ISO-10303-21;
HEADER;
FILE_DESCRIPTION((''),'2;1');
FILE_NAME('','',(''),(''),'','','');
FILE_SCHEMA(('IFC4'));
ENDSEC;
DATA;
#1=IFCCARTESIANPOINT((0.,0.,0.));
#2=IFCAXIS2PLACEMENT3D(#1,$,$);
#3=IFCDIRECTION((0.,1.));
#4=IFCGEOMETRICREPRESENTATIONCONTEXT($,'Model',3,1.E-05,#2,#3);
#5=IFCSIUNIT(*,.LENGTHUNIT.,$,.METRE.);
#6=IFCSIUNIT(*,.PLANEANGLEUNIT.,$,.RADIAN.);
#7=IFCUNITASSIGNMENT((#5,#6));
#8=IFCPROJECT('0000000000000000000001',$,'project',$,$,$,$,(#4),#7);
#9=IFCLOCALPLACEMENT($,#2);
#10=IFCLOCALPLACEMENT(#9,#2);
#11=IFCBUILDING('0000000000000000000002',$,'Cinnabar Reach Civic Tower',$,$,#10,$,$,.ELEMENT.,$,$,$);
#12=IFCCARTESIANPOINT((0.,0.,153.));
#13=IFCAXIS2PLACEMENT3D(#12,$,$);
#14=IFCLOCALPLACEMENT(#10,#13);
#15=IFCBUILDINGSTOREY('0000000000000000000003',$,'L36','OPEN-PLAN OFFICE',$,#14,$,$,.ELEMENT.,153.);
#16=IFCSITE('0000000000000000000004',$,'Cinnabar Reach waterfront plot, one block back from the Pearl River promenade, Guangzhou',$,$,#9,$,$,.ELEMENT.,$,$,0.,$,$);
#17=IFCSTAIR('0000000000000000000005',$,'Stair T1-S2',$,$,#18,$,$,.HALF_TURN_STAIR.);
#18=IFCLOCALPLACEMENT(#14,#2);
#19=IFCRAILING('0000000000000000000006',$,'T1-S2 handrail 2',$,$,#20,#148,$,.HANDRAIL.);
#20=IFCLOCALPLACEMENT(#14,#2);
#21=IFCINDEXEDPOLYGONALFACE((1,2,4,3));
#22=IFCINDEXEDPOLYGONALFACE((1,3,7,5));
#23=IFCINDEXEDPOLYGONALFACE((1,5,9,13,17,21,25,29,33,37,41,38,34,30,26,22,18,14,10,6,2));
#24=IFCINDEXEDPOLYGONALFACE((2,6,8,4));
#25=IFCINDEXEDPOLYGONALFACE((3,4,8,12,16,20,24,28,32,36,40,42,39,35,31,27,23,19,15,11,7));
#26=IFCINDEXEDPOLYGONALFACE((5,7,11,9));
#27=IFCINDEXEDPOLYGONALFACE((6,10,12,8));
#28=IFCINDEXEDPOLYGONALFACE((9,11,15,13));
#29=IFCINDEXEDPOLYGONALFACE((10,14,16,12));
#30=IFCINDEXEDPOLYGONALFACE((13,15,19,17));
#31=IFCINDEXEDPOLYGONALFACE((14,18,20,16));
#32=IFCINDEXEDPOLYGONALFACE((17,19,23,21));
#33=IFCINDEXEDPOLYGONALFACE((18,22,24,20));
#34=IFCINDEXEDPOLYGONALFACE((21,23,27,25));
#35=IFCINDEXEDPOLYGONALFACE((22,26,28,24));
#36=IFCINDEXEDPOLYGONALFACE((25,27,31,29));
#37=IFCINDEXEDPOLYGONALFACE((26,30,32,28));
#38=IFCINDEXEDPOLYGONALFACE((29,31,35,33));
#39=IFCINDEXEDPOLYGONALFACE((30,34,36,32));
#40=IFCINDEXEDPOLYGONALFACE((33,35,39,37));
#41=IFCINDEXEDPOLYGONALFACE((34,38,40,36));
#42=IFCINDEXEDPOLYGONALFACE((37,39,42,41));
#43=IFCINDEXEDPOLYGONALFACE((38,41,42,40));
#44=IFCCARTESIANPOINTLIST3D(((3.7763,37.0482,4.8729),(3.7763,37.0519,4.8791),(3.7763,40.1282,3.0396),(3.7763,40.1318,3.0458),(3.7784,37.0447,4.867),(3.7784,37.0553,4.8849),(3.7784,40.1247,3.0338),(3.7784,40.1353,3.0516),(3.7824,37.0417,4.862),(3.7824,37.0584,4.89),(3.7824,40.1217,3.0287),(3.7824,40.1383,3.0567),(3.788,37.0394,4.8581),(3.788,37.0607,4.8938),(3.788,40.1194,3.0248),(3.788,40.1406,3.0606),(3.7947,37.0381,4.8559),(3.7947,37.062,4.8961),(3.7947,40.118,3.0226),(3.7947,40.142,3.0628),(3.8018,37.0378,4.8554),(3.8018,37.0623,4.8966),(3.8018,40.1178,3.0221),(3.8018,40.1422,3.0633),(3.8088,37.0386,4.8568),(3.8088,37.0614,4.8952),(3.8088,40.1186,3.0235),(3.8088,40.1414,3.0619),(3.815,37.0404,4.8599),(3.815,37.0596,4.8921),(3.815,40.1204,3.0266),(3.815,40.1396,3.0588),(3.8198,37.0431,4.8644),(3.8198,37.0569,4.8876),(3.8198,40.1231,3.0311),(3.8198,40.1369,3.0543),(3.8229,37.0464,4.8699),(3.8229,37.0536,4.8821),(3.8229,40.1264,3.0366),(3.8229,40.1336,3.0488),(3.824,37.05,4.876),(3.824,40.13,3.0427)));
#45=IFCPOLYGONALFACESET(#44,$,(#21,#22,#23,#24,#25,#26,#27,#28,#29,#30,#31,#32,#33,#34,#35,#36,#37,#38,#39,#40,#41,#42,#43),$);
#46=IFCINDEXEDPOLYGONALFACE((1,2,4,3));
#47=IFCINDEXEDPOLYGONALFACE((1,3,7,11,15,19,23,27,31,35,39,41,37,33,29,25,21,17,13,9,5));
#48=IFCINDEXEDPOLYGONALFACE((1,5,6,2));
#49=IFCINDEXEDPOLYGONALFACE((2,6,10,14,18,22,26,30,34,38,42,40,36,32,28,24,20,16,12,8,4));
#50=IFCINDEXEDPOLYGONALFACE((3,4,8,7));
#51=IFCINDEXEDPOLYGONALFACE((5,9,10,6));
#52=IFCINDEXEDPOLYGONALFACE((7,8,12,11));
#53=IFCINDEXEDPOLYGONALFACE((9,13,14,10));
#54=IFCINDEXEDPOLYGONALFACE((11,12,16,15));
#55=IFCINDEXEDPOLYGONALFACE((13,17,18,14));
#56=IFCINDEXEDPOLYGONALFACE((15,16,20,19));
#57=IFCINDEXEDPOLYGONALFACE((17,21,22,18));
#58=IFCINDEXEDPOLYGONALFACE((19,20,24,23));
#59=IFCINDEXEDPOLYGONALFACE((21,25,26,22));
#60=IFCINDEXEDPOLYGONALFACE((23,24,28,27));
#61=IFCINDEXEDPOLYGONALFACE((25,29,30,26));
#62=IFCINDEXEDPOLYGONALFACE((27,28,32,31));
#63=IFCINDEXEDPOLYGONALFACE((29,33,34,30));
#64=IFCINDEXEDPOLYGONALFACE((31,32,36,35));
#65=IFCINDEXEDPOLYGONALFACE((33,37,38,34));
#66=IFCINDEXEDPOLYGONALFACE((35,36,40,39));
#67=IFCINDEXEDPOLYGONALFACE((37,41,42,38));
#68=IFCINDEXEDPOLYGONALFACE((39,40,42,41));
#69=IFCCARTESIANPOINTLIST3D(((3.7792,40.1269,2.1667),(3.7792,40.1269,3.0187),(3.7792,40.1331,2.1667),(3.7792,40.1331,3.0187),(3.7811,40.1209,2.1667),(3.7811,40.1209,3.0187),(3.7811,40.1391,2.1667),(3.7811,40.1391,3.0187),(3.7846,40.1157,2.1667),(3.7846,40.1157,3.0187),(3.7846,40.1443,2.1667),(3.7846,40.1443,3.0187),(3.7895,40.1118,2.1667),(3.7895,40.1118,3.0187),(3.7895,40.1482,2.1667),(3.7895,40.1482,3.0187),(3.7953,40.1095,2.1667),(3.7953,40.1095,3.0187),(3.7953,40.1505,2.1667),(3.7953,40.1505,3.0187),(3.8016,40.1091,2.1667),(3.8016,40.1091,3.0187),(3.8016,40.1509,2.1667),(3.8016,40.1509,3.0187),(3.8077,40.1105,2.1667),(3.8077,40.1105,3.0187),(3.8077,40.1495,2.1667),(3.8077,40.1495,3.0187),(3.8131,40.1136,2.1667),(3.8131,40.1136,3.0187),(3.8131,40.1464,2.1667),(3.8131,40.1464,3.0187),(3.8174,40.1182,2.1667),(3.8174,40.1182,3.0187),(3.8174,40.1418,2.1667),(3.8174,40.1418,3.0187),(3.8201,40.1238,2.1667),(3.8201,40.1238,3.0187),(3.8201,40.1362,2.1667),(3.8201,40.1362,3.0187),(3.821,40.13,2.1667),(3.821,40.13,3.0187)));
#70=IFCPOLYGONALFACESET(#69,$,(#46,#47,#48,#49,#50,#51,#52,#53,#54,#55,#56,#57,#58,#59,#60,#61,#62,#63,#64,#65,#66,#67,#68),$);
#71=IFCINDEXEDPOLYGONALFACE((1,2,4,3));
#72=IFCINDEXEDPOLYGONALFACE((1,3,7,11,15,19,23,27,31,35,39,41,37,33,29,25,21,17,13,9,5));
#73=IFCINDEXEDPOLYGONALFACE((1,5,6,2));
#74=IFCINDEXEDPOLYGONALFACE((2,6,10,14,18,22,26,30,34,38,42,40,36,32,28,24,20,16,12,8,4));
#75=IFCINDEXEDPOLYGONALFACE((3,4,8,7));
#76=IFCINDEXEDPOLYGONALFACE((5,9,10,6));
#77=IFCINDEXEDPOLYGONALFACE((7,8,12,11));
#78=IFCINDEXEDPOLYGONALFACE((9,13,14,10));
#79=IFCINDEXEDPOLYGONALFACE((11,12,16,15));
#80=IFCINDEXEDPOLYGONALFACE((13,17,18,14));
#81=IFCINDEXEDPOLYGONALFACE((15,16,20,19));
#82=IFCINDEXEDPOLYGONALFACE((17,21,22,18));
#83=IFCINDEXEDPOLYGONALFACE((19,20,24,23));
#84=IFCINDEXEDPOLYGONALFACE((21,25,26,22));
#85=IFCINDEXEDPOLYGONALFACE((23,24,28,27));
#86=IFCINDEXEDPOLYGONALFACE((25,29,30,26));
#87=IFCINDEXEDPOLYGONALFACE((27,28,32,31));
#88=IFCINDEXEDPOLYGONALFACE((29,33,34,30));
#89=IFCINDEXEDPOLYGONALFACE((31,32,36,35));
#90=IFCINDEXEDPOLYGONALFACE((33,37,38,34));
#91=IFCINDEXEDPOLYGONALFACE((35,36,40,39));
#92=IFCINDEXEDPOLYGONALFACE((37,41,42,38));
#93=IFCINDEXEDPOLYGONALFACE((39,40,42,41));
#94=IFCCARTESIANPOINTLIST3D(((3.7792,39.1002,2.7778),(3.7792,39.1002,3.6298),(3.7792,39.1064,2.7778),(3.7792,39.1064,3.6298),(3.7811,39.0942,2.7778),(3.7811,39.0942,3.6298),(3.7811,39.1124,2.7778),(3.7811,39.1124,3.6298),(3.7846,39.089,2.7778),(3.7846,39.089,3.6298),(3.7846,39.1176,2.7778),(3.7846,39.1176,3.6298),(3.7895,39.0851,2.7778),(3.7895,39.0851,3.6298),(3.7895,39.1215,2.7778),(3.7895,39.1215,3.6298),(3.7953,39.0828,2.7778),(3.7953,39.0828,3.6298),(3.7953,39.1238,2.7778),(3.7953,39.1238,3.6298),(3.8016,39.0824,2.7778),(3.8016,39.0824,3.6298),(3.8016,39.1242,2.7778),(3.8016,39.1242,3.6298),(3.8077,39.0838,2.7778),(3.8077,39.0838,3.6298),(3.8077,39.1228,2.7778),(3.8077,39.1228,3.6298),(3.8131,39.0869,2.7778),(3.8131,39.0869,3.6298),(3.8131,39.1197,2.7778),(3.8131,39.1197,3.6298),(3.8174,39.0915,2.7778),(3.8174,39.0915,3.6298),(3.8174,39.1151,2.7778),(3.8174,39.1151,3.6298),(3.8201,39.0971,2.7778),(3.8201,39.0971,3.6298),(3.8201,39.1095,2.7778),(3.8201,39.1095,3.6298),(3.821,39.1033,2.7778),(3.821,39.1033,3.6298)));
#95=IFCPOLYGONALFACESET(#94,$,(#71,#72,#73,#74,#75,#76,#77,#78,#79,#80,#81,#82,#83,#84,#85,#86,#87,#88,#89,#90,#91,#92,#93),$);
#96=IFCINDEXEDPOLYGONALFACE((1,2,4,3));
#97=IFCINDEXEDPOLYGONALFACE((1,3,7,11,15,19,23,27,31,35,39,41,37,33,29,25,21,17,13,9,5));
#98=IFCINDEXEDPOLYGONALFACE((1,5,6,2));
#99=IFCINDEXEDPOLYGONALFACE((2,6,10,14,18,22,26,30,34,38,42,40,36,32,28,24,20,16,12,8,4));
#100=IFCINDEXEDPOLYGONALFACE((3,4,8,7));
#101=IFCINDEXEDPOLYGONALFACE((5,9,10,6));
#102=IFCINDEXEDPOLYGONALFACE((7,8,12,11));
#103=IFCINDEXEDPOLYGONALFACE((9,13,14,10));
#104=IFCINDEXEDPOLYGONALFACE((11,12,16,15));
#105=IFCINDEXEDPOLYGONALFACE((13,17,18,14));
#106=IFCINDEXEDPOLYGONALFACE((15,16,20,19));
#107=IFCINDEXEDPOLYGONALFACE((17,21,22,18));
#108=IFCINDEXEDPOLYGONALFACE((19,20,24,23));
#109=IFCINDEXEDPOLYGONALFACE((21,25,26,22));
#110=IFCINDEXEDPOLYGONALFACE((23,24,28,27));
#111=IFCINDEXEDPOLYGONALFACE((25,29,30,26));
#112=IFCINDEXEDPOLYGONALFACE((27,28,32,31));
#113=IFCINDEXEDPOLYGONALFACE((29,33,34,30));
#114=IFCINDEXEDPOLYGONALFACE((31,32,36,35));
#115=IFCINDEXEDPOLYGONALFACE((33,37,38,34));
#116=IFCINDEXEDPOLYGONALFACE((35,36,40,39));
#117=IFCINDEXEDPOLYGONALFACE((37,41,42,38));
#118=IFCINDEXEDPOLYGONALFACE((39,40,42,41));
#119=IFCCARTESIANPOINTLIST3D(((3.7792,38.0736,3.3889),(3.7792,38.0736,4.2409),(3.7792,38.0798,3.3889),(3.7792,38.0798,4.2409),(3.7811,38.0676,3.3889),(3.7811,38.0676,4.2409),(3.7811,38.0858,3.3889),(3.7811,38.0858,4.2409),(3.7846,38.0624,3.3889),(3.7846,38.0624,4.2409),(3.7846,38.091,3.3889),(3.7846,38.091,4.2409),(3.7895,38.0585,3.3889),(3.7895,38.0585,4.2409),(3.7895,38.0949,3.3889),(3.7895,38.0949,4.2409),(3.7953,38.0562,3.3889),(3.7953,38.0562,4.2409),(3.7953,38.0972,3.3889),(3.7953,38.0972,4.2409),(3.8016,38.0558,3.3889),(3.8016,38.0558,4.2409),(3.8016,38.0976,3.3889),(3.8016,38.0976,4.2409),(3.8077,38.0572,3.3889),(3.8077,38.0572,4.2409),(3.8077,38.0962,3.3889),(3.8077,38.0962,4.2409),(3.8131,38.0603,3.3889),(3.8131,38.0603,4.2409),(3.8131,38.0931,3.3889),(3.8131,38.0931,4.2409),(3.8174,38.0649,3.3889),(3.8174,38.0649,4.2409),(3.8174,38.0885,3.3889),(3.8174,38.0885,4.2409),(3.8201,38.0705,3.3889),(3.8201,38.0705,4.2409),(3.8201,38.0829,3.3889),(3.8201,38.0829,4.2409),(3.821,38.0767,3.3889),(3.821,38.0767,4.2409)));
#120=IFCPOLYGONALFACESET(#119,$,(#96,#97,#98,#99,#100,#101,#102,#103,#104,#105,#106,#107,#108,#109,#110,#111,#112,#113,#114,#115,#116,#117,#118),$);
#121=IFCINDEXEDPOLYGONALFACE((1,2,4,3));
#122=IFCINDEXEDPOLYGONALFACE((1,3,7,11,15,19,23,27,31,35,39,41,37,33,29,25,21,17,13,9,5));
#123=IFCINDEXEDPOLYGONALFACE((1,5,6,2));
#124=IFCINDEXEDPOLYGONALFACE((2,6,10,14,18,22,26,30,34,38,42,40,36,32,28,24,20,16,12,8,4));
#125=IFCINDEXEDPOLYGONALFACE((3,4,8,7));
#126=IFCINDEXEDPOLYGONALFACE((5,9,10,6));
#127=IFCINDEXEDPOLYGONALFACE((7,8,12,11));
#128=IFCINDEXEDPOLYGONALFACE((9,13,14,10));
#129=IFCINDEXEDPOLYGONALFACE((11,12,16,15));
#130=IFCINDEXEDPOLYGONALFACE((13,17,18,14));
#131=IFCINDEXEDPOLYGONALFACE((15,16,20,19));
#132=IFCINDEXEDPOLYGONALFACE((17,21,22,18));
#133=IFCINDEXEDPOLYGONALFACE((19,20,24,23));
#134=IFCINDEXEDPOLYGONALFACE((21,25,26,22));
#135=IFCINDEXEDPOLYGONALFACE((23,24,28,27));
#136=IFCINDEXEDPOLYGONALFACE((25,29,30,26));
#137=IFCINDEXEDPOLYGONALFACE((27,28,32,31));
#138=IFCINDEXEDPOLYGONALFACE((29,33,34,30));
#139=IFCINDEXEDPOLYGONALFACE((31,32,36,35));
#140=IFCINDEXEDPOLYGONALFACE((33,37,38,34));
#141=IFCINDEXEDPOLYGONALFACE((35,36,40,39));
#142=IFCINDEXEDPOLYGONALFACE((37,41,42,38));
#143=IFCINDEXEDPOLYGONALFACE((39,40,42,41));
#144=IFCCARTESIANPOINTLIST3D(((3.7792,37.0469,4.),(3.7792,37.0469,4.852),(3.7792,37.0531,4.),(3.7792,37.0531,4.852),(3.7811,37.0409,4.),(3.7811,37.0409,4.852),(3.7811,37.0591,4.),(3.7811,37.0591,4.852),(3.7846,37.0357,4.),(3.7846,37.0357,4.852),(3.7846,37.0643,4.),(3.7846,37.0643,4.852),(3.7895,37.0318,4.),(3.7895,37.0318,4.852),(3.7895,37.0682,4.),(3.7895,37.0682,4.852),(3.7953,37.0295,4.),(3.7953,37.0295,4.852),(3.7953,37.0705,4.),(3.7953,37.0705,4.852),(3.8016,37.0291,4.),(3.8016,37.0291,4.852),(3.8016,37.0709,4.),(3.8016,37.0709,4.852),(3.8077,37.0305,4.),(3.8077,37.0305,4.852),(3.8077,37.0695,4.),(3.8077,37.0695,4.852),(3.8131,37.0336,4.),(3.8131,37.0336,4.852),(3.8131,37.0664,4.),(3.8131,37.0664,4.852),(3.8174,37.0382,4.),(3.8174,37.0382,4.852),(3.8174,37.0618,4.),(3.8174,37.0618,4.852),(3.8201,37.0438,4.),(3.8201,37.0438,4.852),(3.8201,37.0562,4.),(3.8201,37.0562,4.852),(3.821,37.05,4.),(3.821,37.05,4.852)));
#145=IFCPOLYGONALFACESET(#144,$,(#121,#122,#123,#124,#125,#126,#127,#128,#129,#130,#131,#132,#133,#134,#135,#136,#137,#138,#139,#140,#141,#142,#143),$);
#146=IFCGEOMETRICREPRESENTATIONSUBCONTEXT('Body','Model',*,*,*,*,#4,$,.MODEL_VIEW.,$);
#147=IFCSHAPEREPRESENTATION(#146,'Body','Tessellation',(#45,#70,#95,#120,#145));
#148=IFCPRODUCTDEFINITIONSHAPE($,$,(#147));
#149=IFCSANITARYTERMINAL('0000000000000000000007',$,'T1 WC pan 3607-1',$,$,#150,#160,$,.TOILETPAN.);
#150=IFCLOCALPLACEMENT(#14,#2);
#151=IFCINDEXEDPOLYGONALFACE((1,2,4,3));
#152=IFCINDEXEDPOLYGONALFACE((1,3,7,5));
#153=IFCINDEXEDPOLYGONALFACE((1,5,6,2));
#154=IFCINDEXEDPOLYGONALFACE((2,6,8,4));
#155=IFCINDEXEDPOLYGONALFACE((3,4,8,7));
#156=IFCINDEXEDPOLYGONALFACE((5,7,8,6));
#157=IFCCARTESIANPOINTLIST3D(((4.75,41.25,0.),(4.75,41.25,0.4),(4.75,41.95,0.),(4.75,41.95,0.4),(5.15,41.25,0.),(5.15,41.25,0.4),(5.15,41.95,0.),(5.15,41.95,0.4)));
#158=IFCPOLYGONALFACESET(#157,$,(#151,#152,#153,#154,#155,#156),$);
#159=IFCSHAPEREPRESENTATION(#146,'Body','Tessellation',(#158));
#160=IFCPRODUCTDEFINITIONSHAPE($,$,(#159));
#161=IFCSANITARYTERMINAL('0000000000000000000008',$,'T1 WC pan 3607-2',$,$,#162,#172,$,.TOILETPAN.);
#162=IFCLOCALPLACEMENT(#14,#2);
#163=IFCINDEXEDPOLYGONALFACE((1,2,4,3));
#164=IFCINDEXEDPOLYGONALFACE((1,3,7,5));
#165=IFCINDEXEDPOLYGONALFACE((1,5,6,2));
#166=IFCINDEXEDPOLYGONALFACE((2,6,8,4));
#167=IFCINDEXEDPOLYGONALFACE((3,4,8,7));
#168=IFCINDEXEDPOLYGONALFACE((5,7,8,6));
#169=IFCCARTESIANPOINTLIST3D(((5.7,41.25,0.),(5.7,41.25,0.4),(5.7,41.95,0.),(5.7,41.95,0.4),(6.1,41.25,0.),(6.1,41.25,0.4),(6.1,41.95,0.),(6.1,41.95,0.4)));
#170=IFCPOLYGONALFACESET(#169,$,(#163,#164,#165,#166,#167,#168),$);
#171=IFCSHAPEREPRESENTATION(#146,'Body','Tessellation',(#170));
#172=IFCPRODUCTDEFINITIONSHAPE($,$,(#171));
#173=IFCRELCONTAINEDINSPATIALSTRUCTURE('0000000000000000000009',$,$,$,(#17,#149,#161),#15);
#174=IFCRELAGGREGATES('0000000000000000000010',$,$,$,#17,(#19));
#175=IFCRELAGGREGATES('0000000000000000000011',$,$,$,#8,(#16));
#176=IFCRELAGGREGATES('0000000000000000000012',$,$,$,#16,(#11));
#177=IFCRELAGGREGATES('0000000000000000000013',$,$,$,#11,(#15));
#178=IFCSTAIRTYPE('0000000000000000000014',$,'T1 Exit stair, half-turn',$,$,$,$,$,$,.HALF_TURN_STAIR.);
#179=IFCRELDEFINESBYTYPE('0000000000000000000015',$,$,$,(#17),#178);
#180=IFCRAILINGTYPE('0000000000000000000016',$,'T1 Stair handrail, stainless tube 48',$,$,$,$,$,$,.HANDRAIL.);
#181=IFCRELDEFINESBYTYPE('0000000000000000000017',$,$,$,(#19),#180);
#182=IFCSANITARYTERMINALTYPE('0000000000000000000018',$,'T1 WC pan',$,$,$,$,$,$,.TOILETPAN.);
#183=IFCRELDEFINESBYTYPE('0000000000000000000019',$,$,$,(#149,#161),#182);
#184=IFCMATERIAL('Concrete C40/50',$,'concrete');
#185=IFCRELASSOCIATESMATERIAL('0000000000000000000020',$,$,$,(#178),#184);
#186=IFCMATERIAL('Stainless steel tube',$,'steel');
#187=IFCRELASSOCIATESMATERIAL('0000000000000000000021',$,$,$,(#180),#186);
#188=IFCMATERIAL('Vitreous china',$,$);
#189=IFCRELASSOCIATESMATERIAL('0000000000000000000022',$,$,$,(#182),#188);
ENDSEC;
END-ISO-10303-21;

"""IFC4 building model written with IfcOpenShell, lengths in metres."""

from ifc_helpers import new_model, si_unit, direction, frame, origin, origin_2d, place, context, subcontext, project, spatial, rectangle, circle, extrude, material, type_object, element, aggregate, save


model = new_model("IFC4")

# Units and contexts
model_context = context("Model", 3, precision=1e-05, world=origin(), true_north=direction((0.0, 1.0)))
body_context = subcontext(model_context, "Body", "Model", "MODEL_VIEW")
ifc_project = project(units=[si_unit("LENGTHUNIT", "METRE"), si_unit("PLANEANGLEUNIT", "RADIAN")], contexts=[model_context])

# Site, building, storey
site_placement = place(None, origin())
site = spatial("IfcSite", under=ifc_project, at=site_placement, Name="Cinnabar Reach waterfront plot, one block back from the Pearl River promenade, Guangzhou", CompositionType="ELEMENT", RefElevation=0.0)
building_placement = place(site_placement, origin())
building = spatial("IfcBuilding", under=site, at=building_placement, Name="Cinnabar Reach Civic Tower", CompositionType="ELEMENT")
storey_placement = place(building_placement, frame((0.0, 0.0, 153.0)))
storey = spatial("IfcBuildingStorey", under=building, at=storey_placement, Name="L36", Description="OPEN-PLAN OFFICE", CompositionType="ELEMENT", Elevation=153.0)

# Shared definitions
ifc_material_1 = material(Name="Concrete C40/50", Category="concrete")

# Stair, railing
stair_type = type_object("IfcStairType", Name="T1 Exit stair, half-turn", PredefinedType="HALF_TURN_STAIR", material=ifc_material_1)
stair_placement = place(storey_placement, origin())
stair = element("IfcStair", 1, at=stair_placement, inside=storey, type_object=stair_type, Name="Stair T1-S2", PredefinedType="HALF_TURN_STAIR")
ifc_material_2 = material(Name="Stainless steel tube", Category="steel")
railing_type = type_object("IfcRailingType", Name="T1 Stair handrail, stainless tube 48", PredefinedType="HANDRAIL", material=ifc_material_2)
railing_1_placement = place(storey_placement, frame((3.8, 40.13, 2.1667)))
railing_1 = element("IfcRailing", 2, at=railing_1_placement, type_object=railing_type, Name="T1-S2 handrail 2", PredefinedType="HANDRAIL", context=body_context, shape_type="SweptSolid", body=[
    extrude(circle(Radius=0.024, at=origin_2d()), frame((0.0, 0.0, 0.876), z_axis=(0.0, -0.859297, 0.511477), x_axis=(1.0, 0.0, 0.0)), (0.0, 0.0, 1.0), 3.5843),
    extrude(circle(Radius=0.021, at=origin_2d()), origin(), (0.0, 0.0, 1.0), 0.852),
    extrude(circle(Radius=0.021, at=origin_2d()), frame((0.0, -1.0267, 0.6111)), (0.0, 0.0, 1.0), 0.852),
    extrude(circle(Radius=0.021, at=origin_2d()), frame((0.0, -2.0533, 1.2222)), (0.0, 0.0, 1.0), 0.852),
    extrude(circle(Radius=0.021, at=origin_2d()), frame((0.0, -3.08, 1.8333)), (0.0, 0.0, 1.0), 0.852),
])
aggregate(stair, [railing_1])

# Sanitary terminals
ifc_material_3 = material(Name="Vitreous china")
sanitary_terminal_type = type_object("IfcSanitaryTerminalType", Name="T1 WC pan", PredefinedType="TOILETPAN", material=ifc_material_3)
for number, where, z_axis, x_axis, name in (
    (3, (4.95, 41.6, 0.0), (0.0, 0.0, 1.0), (1.0, 0.0, 0.0), "T1 WC pan 3607-1"),
    (4, (5.9, 41.6, 0.0), (0.0, 0.0, 1.0), (1.0, 0.0, 0.0), "T1 WC pan 3607-2"),
):
    element("IfcSanitaryTerminal", number, at=place(storey_placement, frame(where, z_axis=z_axis, x_axis=x_axis)), inside=storey, type_object=sanitary_terminal_type, Name=name, PredefinedType="TOILETPAN", context=body_context, shape_type="SweptSolid", body=[
        extrude(rectangle(XDim=0.4, YDim=0.7, at=origin_2d()), origin(), (0.0, 0.0, 1.0), 0.4),
    ])

save(model, "model.ifc")
